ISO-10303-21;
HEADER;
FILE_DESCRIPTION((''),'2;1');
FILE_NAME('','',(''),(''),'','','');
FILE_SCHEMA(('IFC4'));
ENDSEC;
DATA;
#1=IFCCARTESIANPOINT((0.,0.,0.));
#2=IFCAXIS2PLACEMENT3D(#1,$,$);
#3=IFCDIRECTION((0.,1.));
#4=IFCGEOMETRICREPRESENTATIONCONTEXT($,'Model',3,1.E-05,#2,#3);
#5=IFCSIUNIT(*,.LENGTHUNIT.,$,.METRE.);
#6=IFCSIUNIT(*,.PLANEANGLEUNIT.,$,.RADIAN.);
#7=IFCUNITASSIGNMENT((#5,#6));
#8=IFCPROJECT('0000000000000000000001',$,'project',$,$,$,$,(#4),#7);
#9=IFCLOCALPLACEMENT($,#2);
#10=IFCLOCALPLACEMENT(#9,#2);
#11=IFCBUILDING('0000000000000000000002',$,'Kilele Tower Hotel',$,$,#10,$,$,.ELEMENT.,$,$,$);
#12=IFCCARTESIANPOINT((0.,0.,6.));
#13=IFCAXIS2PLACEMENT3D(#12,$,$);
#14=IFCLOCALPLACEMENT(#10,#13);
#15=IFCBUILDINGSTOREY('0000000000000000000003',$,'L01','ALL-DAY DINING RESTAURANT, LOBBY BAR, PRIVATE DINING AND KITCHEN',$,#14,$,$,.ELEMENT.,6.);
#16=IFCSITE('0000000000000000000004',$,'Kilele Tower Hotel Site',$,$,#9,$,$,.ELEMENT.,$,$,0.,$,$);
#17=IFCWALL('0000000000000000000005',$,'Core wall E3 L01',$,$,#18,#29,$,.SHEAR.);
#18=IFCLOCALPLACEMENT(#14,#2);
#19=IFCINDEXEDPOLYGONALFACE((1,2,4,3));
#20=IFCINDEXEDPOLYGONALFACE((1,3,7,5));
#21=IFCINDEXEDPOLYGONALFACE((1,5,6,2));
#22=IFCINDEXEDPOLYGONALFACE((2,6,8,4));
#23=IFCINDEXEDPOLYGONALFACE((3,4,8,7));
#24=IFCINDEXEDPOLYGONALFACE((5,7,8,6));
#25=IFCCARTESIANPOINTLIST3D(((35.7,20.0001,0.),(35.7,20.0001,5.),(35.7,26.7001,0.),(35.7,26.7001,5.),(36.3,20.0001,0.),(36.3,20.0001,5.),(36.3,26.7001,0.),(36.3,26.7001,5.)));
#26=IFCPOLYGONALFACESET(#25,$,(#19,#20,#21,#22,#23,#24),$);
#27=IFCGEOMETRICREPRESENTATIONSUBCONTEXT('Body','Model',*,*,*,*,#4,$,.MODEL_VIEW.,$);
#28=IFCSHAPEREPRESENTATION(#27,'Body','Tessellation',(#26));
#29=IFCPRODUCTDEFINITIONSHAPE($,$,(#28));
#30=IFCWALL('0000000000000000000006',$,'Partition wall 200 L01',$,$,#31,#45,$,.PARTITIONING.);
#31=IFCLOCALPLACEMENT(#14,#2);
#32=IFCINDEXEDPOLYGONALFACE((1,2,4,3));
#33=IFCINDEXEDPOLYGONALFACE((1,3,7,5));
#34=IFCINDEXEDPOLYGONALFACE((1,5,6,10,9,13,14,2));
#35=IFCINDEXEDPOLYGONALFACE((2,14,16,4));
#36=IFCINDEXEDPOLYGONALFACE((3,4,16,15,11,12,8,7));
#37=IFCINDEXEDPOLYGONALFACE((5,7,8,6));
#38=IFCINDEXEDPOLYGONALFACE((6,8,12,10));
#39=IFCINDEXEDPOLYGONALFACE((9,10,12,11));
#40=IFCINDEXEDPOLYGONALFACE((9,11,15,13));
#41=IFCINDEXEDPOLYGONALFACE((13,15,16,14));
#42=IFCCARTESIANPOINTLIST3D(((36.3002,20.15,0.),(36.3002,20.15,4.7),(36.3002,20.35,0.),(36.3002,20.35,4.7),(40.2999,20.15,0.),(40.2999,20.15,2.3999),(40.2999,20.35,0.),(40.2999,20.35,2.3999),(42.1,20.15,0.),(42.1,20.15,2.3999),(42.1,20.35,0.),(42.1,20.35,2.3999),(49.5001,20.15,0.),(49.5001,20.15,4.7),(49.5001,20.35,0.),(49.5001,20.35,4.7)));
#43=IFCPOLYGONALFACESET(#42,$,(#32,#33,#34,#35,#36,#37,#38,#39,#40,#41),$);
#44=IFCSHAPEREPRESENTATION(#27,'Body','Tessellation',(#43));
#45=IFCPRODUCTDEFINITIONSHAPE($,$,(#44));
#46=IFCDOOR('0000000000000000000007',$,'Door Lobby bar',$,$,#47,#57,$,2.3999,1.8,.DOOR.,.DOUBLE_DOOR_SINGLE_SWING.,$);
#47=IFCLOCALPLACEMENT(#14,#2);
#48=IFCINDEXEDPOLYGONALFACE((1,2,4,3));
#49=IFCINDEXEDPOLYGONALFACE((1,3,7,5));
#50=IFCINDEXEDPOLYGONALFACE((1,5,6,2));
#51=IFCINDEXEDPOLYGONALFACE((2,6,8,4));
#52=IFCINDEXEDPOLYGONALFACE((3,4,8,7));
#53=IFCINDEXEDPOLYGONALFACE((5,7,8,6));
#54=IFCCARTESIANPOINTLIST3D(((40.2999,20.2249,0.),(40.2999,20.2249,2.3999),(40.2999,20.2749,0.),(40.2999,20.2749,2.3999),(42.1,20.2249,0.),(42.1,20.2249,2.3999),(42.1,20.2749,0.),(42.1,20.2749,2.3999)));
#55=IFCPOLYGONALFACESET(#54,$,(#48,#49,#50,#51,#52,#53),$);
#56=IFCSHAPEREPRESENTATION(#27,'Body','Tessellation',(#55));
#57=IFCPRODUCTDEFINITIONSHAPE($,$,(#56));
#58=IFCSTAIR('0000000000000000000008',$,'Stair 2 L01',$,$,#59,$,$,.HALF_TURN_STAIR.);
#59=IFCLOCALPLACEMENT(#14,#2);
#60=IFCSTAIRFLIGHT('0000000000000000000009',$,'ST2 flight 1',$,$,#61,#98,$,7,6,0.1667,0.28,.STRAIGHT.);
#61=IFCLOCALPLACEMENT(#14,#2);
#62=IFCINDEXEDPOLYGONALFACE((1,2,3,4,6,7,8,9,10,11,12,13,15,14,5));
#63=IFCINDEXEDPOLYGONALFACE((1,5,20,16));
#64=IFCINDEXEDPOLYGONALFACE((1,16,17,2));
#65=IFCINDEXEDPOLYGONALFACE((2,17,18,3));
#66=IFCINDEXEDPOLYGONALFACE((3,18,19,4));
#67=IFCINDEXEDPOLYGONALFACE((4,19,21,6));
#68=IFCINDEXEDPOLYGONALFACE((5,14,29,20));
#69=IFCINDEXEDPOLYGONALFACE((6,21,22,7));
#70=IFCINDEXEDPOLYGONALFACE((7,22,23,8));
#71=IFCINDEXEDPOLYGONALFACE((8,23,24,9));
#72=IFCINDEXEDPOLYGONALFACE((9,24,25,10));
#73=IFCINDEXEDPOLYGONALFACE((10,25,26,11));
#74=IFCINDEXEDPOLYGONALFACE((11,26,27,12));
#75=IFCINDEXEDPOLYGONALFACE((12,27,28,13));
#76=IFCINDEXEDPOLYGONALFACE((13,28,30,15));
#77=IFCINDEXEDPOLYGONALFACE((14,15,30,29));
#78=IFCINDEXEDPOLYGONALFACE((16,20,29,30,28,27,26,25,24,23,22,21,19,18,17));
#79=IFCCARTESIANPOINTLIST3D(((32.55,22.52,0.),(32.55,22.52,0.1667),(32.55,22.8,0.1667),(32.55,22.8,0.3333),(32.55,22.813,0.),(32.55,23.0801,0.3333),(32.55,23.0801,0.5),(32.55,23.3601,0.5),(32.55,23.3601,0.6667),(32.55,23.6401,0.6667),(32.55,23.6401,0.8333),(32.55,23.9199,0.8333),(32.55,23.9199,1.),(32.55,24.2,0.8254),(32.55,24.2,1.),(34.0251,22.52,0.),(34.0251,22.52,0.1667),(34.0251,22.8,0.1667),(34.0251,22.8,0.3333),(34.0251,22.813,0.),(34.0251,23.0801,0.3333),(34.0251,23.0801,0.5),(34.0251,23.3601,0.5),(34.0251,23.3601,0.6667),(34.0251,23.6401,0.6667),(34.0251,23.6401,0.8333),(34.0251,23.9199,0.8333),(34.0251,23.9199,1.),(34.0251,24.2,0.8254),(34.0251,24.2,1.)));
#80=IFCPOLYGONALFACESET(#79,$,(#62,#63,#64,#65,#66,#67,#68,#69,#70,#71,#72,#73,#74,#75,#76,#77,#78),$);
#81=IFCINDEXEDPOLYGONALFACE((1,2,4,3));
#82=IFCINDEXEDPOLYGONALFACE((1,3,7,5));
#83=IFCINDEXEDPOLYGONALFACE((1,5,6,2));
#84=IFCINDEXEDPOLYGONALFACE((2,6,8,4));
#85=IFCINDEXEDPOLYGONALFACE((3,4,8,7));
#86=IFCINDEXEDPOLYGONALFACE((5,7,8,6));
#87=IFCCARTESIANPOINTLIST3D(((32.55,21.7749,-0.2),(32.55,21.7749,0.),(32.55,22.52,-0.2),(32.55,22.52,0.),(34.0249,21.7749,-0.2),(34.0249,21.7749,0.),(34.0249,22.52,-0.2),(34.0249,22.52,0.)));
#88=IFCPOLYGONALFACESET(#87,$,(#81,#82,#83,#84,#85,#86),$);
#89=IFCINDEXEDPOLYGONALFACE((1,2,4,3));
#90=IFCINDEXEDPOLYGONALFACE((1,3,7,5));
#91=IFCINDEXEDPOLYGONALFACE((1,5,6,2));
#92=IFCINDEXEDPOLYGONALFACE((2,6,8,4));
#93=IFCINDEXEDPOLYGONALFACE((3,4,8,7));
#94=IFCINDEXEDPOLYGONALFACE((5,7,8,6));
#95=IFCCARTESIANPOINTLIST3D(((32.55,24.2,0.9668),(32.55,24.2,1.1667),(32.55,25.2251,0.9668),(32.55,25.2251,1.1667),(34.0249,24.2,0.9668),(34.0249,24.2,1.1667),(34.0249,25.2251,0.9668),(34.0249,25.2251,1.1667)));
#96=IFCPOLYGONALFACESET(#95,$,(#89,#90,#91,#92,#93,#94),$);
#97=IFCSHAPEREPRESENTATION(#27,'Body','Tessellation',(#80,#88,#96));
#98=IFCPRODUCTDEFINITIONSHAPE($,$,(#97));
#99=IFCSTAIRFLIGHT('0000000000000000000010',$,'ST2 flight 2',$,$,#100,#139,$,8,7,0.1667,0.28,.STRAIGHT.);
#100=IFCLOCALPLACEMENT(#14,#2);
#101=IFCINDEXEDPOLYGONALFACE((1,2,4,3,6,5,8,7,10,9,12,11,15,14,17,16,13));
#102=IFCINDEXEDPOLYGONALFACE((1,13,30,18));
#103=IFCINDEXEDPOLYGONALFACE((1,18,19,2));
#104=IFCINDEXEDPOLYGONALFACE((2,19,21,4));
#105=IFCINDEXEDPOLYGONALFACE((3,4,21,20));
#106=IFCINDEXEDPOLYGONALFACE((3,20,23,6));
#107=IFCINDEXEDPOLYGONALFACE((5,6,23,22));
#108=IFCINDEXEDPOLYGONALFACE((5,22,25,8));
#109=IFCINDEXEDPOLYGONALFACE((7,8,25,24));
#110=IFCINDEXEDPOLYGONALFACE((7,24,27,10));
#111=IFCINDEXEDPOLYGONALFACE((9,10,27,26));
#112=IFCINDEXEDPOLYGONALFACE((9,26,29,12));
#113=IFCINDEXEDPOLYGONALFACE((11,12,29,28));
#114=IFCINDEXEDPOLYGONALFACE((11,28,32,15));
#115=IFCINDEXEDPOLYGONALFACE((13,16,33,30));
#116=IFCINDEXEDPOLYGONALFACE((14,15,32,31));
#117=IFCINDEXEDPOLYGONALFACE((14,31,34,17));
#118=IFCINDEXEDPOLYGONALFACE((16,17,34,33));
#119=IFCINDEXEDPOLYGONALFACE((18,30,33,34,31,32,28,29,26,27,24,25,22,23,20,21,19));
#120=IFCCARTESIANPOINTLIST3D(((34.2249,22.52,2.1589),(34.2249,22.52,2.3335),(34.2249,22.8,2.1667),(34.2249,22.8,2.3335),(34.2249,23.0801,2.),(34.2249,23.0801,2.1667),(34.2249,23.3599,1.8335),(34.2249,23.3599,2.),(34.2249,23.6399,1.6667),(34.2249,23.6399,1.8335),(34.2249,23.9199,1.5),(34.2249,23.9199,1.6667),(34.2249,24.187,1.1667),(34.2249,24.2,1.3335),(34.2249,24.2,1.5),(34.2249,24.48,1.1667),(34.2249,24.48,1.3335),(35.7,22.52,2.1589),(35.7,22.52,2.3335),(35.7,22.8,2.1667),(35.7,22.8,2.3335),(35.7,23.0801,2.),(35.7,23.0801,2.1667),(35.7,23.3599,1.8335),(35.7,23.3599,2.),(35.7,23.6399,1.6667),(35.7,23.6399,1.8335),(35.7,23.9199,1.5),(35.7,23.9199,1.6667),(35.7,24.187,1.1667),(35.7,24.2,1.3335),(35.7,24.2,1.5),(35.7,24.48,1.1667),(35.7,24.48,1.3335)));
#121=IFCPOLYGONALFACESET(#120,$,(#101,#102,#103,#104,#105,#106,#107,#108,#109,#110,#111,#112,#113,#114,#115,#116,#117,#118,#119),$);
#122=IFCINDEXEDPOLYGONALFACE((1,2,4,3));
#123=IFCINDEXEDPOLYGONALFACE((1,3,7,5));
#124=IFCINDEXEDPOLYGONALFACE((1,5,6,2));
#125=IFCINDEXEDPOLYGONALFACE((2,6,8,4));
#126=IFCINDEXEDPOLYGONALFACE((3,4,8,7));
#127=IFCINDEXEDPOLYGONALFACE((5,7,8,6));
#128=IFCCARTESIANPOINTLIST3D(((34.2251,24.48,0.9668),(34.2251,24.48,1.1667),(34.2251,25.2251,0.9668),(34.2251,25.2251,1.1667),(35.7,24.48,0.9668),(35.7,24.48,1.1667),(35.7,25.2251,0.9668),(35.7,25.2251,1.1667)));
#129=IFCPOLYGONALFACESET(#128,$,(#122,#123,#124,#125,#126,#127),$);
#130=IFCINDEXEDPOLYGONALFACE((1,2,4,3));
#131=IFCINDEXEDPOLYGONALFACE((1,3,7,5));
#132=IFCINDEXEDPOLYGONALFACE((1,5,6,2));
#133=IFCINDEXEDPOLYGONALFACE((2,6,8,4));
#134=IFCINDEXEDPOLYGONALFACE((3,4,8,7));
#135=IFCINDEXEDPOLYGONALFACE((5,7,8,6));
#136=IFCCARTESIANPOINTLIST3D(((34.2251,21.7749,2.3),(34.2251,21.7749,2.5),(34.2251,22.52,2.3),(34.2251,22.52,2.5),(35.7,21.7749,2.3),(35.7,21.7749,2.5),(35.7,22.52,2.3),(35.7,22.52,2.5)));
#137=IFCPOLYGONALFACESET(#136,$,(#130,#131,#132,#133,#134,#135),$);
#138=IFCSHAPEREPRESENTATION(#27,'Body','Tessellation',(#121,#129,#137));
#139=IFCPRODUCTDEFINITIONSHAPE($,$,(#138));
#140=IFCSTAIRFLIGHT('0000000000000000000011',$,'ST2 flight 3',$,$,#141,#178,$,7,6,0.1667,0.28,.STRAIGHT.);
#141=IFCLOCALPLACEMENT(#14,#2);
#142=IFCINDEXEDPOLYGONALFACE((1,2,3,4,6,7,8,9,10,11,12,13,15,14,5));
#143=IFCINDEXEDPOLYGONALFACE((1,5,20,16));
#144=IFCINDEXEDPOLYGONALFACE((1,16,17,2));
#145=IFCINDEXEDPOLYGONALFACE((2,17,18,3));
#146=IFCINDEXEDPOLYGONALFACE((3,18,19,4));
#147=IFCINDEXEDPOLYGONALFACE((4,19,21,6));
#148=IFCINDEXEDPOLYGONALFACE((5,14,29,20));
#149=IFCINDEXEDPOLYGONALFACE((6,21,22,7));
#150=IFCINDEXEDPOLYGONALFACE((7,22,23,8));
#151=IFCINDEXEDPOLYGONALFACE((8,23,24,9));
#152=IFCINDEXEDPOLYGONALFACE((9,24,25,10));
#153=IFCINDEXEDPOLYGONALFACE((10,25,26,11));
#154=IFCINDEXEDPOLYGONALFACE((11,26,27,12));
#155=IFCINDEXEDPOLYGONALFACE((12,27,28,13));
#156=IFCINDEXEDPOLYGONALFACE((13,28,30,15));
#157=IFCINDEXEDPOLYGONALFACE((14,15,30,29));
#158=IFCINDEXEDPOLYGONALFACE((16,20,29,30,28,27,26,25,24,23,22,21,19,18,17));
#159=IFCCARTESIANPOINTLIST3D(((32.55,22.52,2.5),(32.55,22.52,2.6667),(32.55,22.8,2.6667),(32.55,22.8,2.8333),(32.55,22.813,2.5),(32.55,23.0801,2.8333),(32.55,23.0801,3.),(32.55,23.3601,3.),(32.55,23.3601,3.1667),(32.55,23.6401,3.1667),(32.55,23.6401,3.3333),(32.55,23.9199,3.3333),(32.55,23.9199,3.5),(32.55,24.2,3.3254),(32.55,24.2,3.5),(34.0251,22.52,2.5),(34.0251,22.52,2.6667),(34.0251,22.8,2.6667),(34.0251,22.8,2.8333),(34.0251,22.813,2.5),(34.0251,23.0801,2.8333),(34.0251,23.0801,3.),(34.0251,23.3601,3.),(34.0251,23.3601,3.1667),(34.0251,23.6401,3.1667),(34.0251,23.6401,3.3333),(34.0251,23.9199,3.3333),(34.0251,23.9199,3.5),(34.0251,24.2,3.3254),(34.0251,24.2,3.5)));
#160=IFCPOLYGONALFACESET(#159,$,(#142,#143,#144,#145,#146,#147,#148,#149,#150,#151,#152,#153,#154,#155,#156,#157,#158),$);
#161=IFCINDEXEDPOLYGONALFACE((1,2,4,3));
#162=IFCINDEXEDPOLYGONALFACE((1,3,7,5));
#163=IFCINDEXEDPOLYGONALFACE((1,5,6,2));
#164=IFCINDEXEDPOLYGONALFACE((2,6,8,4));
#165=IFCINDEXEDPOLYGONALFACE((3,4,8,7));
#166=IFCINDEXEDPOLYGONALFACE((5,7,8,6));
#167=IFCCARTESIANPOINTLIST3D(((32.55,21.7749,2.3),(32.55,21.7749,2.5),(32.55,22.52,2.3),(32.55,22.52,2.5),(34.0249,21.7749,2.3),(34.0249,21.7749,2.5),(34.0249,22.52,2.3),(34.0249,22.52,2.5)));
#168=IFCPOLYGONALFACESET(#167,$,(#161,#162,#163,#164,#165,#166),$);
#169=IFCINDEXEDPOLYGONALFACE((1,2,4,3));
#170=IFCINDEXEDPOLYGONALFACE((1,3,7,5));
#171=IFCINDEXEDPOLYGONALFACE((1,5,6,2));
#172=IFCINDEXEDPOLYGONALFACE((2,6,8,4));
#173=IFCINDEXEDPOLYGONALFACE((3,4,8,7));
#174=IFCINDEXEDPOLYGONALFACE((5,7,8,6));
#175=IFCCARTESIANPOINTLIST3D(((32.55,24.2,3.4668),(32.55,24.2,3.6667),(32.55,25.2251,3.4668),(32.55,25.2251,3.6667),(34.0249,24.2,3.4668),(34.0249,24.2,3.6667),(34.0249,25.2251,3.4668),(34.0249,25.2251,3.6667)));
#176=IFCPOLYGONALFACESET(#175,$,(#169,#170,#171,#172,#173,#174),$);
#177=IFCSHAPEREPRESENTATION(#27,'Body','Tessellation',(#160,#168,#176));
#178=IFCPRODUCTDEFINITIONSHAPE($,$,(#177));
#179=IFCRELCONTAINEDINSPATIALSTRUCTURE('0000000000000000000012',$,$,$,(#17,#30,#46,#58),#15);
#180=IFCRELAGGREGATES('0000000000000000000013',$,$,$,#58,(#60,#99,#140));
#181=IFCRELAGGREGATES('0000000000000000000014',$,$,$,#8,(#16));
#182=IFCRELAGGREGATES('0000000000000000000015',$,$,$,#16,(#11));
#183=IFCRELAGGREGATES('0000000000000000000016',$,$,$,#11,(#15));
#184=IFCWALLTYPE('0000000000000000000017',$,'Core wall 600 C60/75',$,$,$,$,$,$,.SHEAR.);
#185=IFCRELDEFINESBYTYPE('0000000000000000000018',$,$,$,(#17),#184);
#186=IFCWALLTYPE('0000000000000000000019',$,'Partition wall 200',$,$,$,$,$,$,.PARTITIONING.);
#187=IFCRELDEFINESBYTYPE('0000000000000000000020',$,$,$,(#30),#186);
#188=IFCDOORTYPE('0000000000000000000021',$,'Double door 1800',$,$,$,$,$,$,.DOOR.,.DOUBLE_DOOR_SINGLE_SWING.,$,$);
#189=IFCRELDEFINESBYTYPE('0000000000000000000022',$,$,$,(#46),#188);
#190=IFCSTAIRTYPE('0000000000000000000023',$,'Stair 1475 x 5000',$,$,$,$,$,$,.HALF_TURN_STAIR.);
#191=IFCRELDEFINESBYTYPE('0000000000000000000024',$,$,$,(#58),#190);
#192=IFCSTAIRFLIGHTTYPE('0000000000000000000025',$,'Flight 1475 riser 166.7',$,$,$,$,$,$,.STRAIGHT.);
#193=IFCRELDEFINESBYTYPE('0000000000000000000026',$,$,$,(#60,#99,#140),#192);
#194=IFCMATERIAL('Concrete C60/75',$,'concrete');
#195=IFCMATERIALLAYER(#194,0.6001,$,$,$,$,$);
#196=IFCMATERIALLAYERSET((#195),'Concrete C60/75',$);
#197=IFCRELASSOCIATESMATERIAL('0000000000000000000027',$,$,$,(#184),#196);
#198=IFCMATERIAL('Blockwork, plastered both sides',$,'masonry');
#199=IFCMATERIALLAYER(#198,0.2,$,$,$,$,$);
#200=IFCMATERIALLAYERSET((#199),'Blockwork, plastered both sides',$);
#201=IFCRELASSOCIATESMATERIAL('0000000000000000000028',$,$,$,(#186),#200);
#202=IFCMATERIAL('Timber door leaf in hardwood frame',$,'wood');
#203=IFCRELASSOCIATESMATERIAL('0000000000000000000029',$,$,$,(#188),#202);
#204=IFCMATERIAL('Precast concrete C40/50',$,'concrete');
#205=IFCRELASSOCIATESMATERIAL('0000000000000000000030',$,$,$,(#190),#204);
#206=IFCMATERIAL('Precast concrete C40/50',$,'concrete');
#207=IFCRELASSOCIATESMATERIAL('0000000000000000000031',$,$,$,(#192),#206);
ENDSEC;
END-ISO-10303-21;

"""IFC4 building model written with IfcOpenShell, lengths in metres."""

from ifc_helpers import new_model, si_unit, direction, frame, frame_2d, origin, place, context, subcontext, project, spatial, polyline, rectangle, outline, extrude, material, layer, layer_set, type_object, element, fill, aggregate, save


model = new_model("IFC4")

# Units and contexts
model_context = context("Model", 3, precision=1e-05, world=origin(), true_north=direction((0.0, 1.0)))
body_context = subcontext(model_context, "Body", "Model", "MODEL_VIEW")
ifc_project = project(units=[si_unit("LENGTHUNIT", "METRE"), si_unit("PLANEANGLEUNIT", "RADIAN")], contexts=[model_context])

# Site, building, storey
site_placement = place(None, origin())
site = spatial("IfcSite", under=ifc_project, at=site_placement, Name="Kilele Tower Hotel Site", CompositionType="ELEMENT", RefElevation=0.0)
building_placement = place(site_placement, origin())
building = spatial("IfcBuilding", under=site, at=building_placement, Name="Kilele Tower Hotel", CompositionType="ELEMENT")
storey_placement = place(building_placement, frame((0.0, 0.0, 6.0)))
storey = spatial("IfcBuildingStorey", under=building, at=storey_placement, Name="L01", Description="ALL-DAY DINING RESTAURANT, LOBBY BAR, PRIVATE DINING AND KITCHEN", CompositionType="ELEMENT", Elevation=6.0)

# Wall
ifc_material_1 = material(Name="Concrete C60/75", Category="concrete")
ifc_layer_1 = layer(ifc_material_1, 0.6001)
ifc_layer_set_1 = layer_set([ifc_layer_1], Name="Concrete C60/75")
wall_type_1 = type_object("IfcWallType", Name="Core wall 600 C60/75", PredefinedType="SHEAR", material=ifc_layer_set_1)
wall_1_placement = place(storey_placement, frame((36.0, 20.0, 0.0), z_axis=(0.0, 0.0, 1.0), x_axis=(0.0, 1.0, 0.0)))
element("IfcWall", 1, at=wall_1_placement, inside=storey, type_object=wall_type_1, Name="Core wall E3 L01", PredefinedType="SHEAR", context=body_context, shape_type="SweptSolid", body=[
    extrude(rectangle(XDim=6.7, YDim=0.6001, at=frame_2d((3.3501, 0.0))), origin(), (0.0, 0.0, 1.0), 5.0),
])

# Wall, opening, door
ifc_material_2 = material(Name="Blockwork, plastered both sides", Category="masonry")
ifc_layer_2 = layer(ifc_material_2, 0.2)
ifc_layer_set_2 = layer_set([ifc_layer_2], Name="Blockwork, plastered both sides")
wall_type_2 = type_object("IfcWallType", Name="Partition wall 200", PredefinedType="PARTITIONING", material=ifc_layer_set_2)
wall_2_placement = place(storey_placement, frame((36.3, 20.25, 0.0), z_axis=(0.0, 0.0, 1.0), x_axis=(1.0, 0.0, 0.0)))
wall_2 = element("IfcWall", 2, at=wall_2_placement, inside=storey, type_object=wall_type_2, Name="Partition wall 200 L01", PredefinedType="PARTITIONING", context=body_context, shape_type="SweptSolid", body=[
    extrude(rectangle(XDim=13.2, YDim=0.2, at=frame_2d((6.6001, 0.0))), origin(), (0.0, 0.0, 1.0), 4.7),
])
opening_placement = place(wall_2_placement, frame((4.0, 0.0, 0.0)))
opening = element("IfcOpeningElement", 3, at=opening_placement, cuts=wall_2, PredefinedType="OPENING", context=body_context, shape_type="SweptSolid", body=[
    extrude(rectangle(XDim=1.8, YDim=2.3999, at=frame_2d((0.8999, 1.2))), frame((0.0, 0.1099, 0.0), z_axis=(0.0, -1.0, 0.0), x_axis=(1.0, 0.0, 0.0)), (0.0, 0.0, 1.0), 0.22),
])
ifc_material_3 = material(Name="Timber door leaf in hardwood frame", Category="wood")
door_type = type_object("IfcDoorType", Name="Double door 1800", OperationType="DOUBLE_DOOR_SINGLE_SWING", PredefinedType="DOOR", material=ifc_material_3)
door_placement = place(opening_placement, origin())
door = element("IfcDoor", 4, at=door_placement, inside=storey, type_object=door_type, Name="Door Lobby bar", OperationType="DOUBLE_DOOR_SINGLE_SWING", OverallHeight=2.3999, OverallWidth=1.8, PredefinedType="DOOR", context=body_context, shape_type="SweptSolid", body=[
    extrude(rectangle(XDim=1.8, YDim=2.3999, at=frame_2d((0.8999, 1.2))), frame((0.0, 0.0249, 0.0), z_axis=(0.0, -1.0, 0.0), x_axis=(1.0, 0.0, 0.0)), (0.0, 0.0, 1.0), 0.05),
])
fill(opening, door)

# Stair, stair flights
ifc_material_4 = material(Name="Precast concrete C40/50", Category="concrete")
stair_type = type_object("IfcStairType", Name="Stair 1475 x 5000", PredefinedType="HALF_TURN_STAIR", material=ifc_material_4)
stair_placement = place(storey_placement, origin())
stair = element("IfcStair", 5, at=stair_placement, inside=storey, type_object=stair_type, Name="Stair 2 L01", PredefinedType="HALF_TURN_STAIR")
ifc_material_5 = material(Name="Precast concrete C40/50", Category="concrete")
stair_flight_type = type_object("IfcStairFlightType", Name="Flight 1475 riser 166.7", PredefinedType="STRAIGHT", material=ifc_material_5)
stair_flight_1_placement = place(storey_placement, frame((33.2876, 22.52, 0.0), z_axis=(0.0, 0.0, 1.0), x_axis=(0.0, 1.0, 0.0)))
stair_flight_1 = element("IfcStairFlight", 6, at=stair_flight_1_placement, type_object=stair_flight_type, Name="ST2 flight 1", NumberOfRisers=7, NumberOfTreads=6, PredefinedType="STRAIGHT", RiserHeight=0.1667, TreadLength=0.28, context=body_context, shape_type="SweptSolid", body=[
    extrude(outline(polyline([(0.0, 0.0), (0.0, 0.1667), (0.28, 0.1667), (0.28, 0.3333), (0.5601, 0.3333), (0.5601, 0.5), (0.8401, 0.5), (0.8401, 0.6667), (1.1201, 0.6667), (1.1201, 0.8333), (1.3999, 0.8333), (1.3999, 1.0), (1.6799, 1.0), (1.6799, 1.1667), (1.6799, 0.8254), (0.293, 0.0), (0.0, 0.0)])), frame((0.0, 0.7375, 0.0), z_axis=(0.0, -1.0, 0.0), x_axis=(1.0, 0.0, 0.0)), (0.0, 0.0, 1.0), 1.4751),
    extrude(outline(polyline([(-0.7451, 0.7375), (-0.7451, -0.7373), (0.0, -0.7373), (0.0, 0.7375), (-0.7451, 0.7375)])), frame((0.0, 0.0, -0.2)), (0.0, 0.0, 1.0), 0.2),
    extrude(outline(polyline([(1.6799, 0.7375), (1.6799, -0.7373), (2.7051, -0.7373), (2.7051, 0.7375), (1.6799, 0.7375)])), frame((0.0, 0.0, 0.9668)), (0.0, 0.0, 1.0), 0.2),
])
stair_flight_2_placement = place(storey_placement, frame((34.9624, 24.48, 1.1667), z_axis=(0.0, 0.0, 1.0), x_axis=(0.0, -1.0, 0.0)))
stair_flight_2 = element("IfcStairFlight", 7, at=stair_flight_2_placement, type_object=stair_flight_type, Name="ST2 flight 2", NumberOfRisers=8, NumberOfTreads=7, PredefinedType="STRAIGHT", RiserHeight=0.1667, TreadLength=0.28, context=body_context, shape_type="SweptSolid", body=[
    extrude(outline(polyline([(0.0, 0.0), (0.0, 0.1667), (0.28, 0.1667), (0.28, 0.3333), (0.5601, 0.3333), (0.5601, 0.5), (0.8401, 0.5), (0.8401, 0.6667), (1.1201, 0.6667), (1.1201, 0.8333), (1.3999, 0.8333), (1.3999, 1.0), (1.6799, 1.0), (1.6799, 1.1667), (1.96, 1.1667), (1.96, 1.3333), (1.96, 0.9922), (0.293, 0.0), (0.0, 0.0)])), frame((0.0, 0.7375, 0.0), z_axis=(0.0, -1.0, 0.0), x_axis=(1.0, 0.0, 0.0)), (0.0, 0.0, 1.0), 1.4751),
    extrude(outline(polyline([(0.0, -0.7373), (0.0, 0.7375), (-0.7451, 0.7375), (-0.7451, -0.7373), (0.0, -0.7373)])), frame((0.0, 0.0, -0.2)), (0.0, 0.0, 1.0), 0.2),
    extrude(outline(polyline([(2.7051, -0.7373), (2.7051, 0.7375), (1.96, 0.7375), (1.96, -0.7373), (2.7051, -0.7373)])), frame((0.0, 0.0, 1.1333)), (0.0, 0.0, 1.0), 0.2),
])
stair_flight_3_placement = place(storey_placement, frame((33.2876, 22.52, 2.5), z_axis=(0.0, 0.0, 1.0), x_axis=(0.0, 1.0, 0.0)))
stair_flight_3 = element("IfcStairFlight", 8, at=stair_flight_3_placement, type_object=stair_flight_type, Name="ST2 flight 3", NumberOfRisers=7, NumberOfTreads=6, PredefinedType="STRAIGHT", RiserHeight=0.1667, TreadLength=0.28, context=body_context, shape_type="SweptSolid", body=[
    extrude(outline(polyline([(0.0, 0.0), (0.0, 0.1667), (0.28, 0.1667), (0.28, 0.3333), (0.5601, 0.3333), (0.5601, 0.5), (0.8401, 0.5), (0.8401, 0.6667), (1.1201, 0.6667), (1.1201, 0.8333), (1.3999, 0.8333), (1.3999, 1.0), (1.6799, 1.0), (1.6799, 1.1667), (1.6799, 0.8254), (0.293, 0.0), (0.0, 0.0)])), frame((0.0, 0.7375, 0.0), z_axis=(0.0, -1.0, 0.0), x_axis=(1.0, 0.0, 0.0)), (0.0, 0.0, 1.0), 1.4751),
    extrude(outline(polyline([(-0.7451, 0.7375), (-0.7451, -0.7373), (0.0, -0.7373), (0.0, 0.7375), (-0.7451, 0.7375)])), frame((0.0, 0.0, -0.2)), (0.0, 0.0, 1.0), 0.2),
    extrude(outline(polyline([(1.6799, 0.7375), (1.6799, -0.7373), (2.7051, -0.7373), (2.7051, 0.7375), (1.6799, 0.7375)])), frame((0.0, 0.0, 0.9668)), (0.0, 0.0, 1.0), 0.2),
])
aggregate(stair, [stair_flight_1, stair_flight_2, stair_flight_3])

save(model, "model.ifc")
